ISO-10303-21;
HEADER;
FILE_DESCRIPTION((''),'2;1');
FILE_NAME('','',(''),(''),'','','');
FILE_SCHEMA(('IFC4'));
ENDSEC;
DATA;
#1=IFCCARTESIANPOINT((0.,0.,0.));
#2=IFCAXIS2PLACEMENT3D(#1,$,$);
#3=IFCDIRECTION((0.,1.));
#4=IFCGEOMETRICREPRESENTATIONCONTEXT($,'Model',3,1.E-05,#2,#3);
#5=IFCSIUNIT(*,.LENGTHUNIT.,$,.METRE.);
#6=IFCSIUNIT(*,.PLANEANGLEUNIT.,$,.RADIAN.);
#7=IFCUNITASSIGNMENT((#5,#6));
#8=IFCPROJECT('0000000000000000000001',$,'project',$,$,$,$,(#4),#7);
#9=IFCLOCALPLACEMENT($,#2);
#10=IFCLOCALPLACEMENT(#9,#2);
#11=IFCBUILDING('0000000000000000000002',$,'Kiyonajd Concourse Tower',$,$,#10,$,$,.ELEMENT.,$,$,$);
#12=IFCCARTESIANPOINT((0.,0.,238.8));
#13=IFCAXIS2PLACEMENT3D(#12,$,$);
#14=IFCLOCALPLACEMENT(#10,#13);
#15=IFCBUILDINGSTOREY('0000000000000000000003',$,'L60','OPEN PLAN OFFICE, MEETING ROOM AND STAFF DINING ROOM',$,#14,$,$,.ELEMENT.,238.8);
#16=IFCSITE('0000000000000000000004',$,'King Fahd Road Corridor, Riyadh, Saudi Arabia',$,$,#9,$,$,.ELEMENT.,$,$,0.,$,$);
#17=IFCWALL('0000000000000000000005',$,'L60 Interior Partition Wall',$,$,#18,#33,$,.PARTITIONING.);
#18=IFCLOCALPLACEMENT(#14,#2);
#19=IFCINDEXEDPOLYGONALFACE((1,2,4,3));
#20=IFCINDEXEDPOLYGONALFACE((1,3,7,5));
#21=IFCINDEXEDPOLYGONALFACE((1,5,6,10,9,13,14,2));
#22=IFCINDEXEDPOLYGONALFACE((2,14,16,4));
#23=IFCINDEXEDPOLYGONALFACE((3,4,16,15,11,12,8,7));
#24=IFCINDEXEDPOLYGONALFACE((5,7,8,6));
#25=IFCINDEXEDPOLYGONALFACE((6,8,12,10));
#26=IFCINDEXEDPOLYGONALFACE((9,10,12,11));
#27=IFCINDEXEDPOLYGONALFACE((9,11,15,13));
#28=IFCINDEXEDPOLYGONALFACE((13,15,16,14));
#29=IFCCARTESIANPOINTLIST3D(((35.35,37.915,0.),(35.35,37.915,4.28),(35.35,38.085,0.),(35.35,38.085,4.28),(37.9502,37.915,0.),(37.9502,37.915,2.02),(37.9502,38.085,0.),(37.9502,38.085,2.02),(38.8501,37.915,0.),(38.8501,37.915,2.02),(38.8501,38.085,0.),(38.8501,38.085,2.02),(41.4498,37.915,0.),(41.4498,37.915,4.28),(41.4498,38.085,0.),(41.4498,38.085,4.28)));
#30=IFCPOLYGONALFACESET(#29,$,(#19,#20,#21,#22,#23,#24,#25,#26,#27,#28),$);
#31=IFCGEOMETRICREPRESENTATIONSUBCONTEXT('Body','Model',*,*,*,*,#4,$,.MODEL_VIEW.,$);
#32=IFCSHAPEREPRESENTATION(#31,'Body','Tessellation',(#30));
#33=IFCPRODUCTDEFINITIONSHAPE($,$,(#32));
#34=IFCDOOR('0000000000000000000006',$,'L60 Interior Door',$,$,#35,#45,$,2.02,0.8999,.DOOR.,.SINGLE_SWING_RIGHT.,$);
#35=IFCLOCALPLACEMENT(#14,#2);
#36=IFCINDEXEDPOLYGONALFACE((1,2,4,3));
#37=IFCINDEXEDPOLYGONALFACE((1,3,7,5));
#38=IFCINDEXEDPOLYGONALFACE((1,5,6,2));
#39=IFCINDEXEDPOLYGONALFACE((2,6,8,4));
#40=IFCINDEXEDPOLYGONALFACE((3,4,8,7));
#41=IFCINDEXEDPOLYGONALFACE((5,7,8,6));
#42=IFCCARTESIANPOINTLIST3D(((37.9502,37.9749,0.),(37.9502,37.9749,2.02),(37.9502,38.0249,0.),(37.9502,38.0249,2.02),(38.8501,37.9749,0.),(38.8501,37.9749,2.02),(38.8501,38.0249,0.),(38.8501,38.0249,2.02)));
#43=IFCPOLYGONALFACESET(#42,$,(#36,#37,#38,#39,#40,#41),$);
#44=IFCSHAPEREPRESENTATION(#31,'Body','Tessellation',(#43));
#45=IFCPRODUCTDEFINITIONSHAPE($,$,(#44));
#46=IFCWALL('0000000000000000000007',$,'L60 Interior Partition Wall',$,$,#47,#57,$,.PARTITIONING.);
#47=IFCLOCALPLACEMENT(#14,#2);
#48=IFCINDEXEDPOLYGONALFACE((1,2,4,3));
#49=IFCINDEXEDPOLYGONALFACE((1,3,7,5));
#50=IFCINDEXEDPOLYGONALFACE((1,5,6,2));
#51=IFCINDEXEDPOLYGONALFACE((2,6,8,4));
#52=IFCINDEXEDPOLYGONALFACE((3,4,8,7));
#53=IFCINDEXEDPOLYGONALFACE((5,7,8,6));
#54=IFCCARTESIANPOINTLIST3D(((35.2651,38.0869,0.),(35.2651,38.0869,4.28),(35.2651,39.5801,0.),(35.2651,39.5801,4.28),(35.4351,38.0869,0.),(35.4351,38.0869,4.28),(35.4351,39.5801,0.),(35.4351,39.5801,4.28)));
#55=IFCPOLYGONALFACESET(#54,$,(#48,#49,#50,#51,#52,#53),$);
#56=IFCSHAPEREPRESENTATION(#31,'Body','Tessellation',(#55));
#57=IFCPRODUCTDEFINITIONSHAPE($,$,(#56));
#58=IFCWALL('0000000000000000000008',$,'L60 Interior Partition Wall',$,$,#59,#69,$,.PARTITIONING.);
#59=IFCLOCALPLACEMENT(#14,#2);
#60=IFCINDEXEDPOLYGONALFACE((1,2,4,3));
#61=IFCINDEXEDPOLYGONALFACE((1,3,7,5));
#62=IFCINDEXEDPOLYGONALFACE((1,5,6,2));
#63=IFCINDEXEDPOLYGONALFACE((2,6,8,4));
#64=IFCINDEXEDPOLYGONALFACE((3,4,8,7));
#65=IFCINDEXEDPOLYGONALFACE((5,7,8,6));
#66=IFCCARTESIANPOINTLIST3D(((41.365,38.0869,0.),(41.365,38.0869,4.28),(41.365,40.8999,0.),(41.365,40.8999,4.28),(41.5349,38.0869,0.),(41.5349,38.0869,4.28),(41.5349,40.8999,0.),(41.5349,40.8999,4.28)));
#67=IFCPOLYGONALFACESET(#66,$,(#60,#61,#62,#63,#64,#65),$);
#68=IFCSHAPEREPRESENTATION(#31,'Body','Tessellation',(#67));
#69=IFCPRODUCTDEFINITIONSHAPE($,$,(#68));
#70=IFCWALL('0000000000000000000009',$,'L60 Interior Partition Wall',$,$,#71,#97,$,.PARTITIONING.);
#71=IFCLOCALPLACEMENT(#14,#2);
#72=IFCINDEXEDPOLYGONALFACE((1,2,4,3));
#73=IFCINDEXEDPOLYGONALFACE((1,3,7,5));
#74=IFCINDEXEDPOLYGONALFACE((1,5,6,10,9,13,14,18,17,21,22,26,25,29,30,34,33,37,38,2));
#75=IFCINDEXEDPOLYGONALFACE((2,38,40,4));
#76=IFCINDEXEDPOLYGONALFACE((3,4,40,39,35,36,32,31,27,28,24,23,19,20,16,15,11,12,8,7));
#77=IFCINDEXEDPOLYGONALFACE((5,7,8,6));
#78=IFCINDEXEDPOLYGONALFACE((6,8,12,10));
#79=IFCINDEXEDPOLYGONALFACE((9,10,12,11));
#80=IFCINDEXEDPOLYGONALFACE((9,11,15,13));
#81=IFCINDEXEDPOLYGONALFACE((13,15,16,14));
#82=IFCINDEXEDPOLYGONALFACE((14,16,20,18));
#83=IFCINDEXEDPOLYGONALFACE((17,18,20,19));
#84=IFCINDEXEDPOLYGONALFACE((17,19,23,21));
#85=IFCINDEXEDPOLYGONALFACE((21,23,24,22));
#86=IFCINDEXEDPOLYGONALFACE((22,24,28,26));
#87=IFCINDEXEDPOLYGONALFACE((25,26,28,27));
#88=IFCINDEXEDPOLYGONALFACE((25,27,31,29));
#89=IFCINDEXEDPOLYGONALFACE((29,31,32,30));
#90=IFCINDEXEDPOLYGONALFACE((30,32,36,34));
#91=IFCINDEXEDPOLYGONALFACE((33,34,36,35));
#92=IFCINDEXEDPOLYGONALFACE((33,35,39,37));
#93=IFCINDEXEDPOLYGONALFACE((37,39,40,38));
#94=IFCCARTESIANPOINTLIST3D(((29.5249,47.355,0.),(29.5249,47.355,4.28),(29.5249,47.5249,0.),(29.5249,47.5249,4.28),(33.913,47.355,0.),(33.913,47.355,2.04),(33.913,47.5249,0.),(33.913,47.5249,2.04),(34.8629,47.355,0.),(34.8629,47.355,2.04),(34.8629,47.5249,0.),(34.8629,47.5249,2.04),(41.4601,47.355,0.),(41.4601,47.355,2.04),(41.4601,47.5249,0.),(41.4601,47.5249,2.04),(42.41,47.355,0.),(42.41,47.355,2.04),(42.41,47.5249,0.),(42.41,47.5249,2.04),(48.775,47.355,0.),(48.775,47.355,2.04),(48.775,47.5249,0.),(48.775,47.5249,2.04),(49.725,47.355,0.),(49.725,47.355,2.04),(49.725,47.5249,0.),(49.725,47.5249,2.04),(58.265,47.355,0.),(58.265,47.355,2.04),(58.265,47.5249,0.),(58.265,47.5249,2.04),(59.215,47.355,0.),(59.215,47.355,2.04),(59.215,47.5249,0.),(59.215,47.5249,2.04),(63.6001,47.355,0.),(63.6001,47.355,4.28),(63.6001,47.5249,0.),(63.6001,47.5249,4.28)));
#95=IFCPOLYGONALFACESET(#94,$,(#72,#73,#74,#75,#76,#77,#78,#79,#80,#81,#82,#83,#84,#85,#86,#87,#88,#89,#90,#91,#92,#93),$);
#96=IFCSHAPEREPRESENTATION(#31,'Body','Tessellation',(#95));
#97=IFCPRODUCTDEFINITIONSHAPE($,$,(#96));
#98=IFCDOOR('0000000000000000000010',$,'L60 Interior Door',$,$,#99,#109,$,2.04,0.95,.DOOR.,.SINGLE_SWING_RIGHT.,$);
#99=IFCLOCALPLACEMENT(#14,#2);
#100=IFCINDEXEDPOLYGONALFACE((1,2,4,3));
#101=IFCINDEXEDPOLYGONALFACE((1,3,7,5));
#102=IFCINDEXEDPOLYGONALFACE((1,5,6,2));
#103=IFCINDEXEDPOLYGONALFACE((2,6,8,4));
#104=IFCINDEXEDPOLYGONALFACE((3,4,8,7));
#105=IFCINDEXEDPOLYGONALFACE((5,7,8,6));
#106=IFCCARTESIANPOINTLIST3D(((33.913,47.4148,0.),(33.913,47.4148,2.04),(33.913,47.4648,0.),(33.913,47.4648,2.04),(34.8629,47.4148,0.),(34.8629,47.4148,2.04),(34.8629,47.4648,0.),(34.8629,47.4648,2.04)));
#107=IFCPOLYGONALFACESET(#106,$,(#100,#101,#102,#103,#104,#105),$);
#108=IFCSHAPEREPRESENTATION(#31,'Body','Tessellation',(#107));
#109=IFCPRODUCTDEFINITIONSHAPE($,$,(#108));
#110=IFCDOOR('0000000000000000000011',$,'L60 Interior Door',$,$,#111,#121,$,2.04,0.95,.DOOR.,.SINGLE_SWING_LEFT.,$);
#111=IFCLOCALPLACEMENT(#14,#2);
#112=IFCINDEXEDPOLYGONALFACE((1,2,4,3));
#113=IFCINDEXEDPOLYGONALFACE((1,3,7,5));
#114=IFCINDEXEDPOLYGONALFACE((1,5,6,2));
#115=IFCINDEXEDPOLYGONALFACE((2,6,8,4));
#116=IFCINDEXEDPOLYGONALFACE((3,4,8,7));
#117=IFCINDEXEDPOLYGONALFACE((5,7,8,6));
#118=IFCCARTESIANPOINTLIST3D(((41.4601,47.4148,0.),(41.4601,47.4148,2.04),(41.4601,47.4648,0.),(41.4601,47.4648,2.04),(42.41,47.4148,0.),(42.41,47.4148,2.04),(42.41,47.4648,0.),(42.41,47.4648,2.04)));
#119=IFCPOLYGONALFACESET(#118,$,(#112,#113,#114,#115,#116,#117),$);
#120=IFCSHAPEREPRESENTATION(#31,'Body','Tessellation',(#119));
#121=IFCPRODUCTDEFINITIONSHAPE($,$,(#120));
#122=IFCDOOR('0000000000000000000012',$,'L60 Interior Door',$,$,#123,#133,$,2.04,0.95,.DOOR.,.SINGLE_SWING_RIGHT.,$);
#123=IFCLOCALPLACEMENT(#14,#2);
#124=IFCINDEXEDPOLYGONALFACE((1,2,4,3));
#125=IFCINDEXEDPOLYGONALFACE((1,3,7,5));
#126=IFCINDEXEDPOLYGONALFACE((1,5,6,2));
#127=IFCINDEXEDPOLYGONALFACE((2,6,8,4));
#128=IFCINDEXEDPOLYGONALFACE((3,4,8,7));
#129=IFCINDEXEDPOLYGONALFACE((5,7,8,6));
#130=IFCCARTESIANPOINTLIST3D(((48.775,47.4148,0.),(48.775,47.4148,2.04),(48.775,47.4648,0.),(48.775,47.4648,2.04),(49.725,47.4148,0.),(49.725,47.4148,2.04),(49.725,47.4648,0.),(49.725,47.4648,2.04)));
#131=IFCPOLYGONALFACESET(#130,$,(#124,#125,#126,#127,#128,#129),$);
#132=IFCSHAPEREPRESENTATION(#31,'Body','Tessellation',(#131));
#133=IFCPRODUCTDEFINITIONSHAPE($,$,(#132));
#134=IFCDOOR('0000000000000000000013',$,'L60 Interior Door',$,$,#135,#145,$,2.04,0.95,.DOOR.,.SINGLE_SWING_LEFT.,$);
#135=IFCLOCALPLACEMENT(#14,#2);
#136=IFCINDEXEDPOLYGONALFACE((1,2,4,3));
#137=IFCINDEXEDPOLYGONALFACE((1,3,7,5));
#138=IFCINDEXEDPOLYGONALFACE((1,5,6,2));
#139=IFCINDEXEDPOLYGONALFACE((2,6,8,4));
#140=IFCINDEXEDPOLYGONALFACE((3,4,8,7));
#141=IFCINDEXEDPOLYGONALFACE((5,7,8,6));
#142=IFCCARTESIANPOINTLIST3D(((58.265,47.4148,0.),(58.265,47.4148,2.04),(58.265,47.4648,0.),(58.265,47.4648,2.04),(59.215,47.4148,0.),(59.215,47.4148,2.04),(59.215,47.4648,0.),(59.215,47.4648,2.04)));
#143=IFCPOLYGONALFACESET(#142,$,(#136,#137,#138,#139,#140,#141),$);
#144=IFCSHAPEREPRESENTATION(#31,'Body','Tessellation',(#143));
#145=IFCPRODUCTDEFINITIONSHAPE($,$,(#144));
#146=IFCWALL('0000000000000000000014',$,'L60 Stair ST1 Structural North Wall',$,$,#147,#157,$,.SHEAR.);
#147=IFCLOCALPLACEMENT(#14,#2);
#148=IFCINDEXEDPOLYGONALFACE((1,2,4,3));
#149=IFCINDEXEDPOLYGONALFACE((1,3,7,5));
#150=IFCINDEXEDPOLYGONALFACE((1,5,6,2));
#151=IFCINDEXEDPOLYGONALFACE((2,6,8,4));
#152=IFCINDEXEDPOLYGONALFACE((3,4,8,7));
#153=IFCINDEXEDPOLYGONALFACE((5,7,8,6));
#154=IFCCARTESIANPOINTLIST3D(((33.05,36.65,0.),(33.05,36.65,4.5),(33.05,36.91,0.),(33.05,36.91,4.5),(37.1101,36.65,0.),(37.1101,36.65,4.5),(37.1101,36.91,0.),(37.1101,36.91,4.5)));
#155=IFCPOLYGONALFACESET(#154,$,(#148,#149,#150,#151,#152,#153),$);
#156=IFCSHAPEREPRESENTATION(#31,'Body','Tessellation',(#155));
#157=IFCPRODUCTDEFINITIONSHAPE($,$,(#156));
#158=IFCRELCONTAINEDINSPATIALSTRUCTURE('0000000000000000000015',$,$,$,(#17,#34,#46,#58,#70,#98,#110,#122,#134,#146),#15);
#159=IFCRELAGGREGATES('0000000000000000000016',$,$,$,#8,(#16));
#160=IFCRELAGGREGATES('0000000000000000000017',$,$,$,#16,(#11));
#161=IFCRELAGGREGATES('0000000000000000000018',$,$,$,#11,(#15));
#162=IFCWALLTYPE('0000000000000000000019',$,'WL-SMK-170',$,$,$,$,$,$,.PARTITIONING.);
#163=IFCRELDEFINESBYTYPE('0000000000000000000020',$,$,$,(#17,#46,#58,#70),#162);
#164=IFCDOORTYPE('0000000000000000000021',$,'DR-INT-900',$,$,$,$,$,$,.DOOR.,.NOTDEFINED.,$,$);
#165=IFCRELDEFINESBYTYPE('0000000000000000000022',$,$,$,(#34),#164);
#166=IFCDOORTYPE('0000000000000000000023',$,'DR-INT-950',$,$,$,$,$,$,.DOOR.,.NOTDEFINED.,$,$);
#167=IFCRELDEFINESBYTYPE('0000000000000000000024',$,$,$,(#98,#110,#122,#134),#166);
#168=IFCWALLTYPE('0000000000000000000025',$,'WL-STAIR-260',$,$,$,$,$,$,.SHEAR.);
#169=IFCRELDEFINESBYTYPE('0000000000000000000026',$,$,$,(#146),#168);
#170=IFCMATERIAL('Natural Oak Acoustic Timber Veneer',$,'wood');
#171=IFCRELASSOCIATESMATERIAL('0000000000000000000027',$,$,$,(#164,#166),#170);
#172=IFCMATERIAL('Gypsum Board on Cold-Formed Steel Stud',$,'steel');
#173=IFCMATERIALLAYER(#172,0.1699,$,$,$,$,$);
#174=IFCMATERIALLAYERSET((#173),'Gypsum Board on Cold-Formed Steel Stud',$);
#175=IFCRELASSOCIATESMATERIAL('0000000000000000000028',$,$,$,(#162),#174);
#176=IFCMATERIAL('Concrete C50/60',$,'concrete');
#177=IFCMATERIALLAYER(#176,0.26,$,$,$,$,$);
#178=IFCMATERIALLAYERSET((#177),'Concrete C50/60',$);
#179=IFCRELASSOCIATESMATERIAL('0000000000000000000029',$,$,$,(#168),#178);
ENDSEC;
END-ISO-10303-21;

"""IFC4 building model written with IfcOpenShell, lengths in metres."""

from ifc_helpers import new_model, si_unit, direction, frame, frame_2d, origin, place, context, subcontext, project, spatial, rectangle, extrude, material, layer, layer_set, type_object, element, fill, save


model = new_model("IFC4")

# Units and contexts
model_context = context("Model", 3, precision=1e-05, world=origin(), true_north=direction((0.0, 1.0)))
body_context = subcontext(model_context, "Body", "Model", "MODEL_VIEW")
ifc_project = project(units=[si_unit("LENGTHUNIT", "METRE"), si_unit("PLANEANGLEUNIT", "RADIAN")], contexts=[model_context])

# Site, building, storey
site_placement = place(None, origin())
site = spatial("IfcSite", under=ifc_project, at=site_placement, Name="King Fahd Road Corridor, Riyadh, Saudi Arabia", CompositionType="ELEMENT", RefElevation=0.0)
building_placement = place(site_placement, origin())
building = spatial("IfcBuilding", under=site, at=building_placement, Name="Kiyonajd Concourse Tower", CompositionType="ELEMENT")
storey_placement = place(building_placement, frame((0.0, 0.0, 238.8)))
storey = spatial("IfcBuildingStorey", under=building, at=storey_placement, Name="L60", Description="OPEN PLAN OFFICE, MEETING ROOM AND STAFF DINING ROOM", CompositionType="ELEMENT", Elevation=238.8)

# Shared definitions
ifc_material_1 = material(Name="Natural Oak Acoustic Timber Veneer", Category="wood")
door_type_1 = type_object("IfcDoorType", Name="DR-INT-900", OperationType="NOTDEFINED", PredefinedType="DOOR", material=ifc_material_1)
door_type_2 = type_object("IfcDoorType", Name="DR-INT-950", OperationType="NOTDEFINED", PredefinedType="DOOR", material=ifc_material_1)

# Shared definitions
ifc_material_2 = material(Name="Gypsum Board on Cold-Formed Steel Stud", Category="steel")

# Wall, opening, door
ifc_layer_1 = layer(ifc_material_2, 0.1699)
ifc_layer_set_1 = layer_set([ifc_layer_1], Name="Gypsum Board on Cold-Formed Steel Stud")
wall_type_1 = type_object("IfcWallType", Name="WL-SMK-170", PredefinedType="PARTITIONING", material=ifc_layer_set_1)
wall_1_placement = place(storey_placement, frame((35.3501, 38.0, 0.0), z_axis=(0.0, 0.0, 1.0), x_axis=(1.0, 0.0, 0.0)))
wall_1 = element("IfcWall", 1, at=wall_1_placement, inside=storey, type_object=wall_type_1, Name="L60 Interior Partition Wall", PredefinedType="PARTITIONING", context=body_context, shape_type="SweptSolid", body=[
    extrude(rectangle(XDim=6.0999, YDim=0.1699, at=frame_2d((3.0498, 0.0))), origin(), (0.0, 0.0, 1.0), 4.28),
])
opening_1_placement = place(wall_1_placement, frame((2.6001, 0.0, 0.0)))
opening_1 = element("IfcOpeningElement", 2, at=opening_1_placement, cuts=wall_1, PredefinedType="OPENING", context=body_context, shape_type="SweptSolid", body=[
    extrude(rectangle(XDim=0.8999, YDim=2.02, at=frame_2d((0.45, 1.01))), frame((0.0, 0.095, 0.0), z_axis=(0.0, -1.0, 0.0), x_axis=(1.0, 0.0, 0.0)), (0.0, 0.0, 1.0), 0.1899),
])
door_1_placement = place(opening_1_placement, origin())
door_1 = element("IfcDoor", 3, at=door_1_placement, inside=storey, type_object=door_type_1, Name="L60 Interior Door", OperationType="SINGLE_SWING_RIGHT", OverallHeight=2.02, OverallWidth=0.8999, PredefinedType="DOOR", context=body_context, shape_type="SweptSolid", body=[
    extrude(rectangle(XDim=0.8999, YDim=2.02, at=frame_2d((0.45, 1.01))), frame((0.0, 0.0249, 0.0), z_axis=(0.0, -1.0, 0.0), x_axis=(1.0, 0.0, 0.0)), (0.0, 0.0, 1.0), 0.05),
])
fill(opening_1, door_1)

# Walls
wall_2_placement = place(storey_placement, frame((35.3501, 38.0869, 0.0), z_axis=(0.0, 0.0, 1.0), x_axis=(0.0, 1.0, 0.0)))
element("IfcWall", 4, at=wall_2_placement, inside=storey, type_object=wall_type_1, Name="L60 Interior Partition Wall", PredefinedType="PARTITIONING", context=body_context, shape_type="SweptSolid", body=[
    extrude(rectangle(XDim=1.4932, YDim=0.1699, at=frame_2d((0.7466, 0.0))), origin(), (0.0, 0.0, 1.0), 4.28),
])
wall_3_placement = place(storey_placement, frame((41.45, 38.0869, 0.0), z_axis=(0.0, 0.0, 1.0), x_axis=(0.0, 1.0, 0.0)))
element("IfcWall", 5, at=wall_3_placement, inside=storey, type_object=wall_type_1, Name="L60 Interior Partition Wall", PredefinedType="PARTITIONING", context=body_context, shape_type="SweptSolid", body=[
    extrude(rectangle(XDim=2.813, YDim=0.1699, at=frame_2d((1.4065, 0.0))), origin(), (0.0, 0.0, 1.0), 4.28),
])

# Wall, openings, doors
wall_4_placement = place(storey_placement, frame((29.5249, 47.4399, 0.0), z_axis=(0.0, 0.0, 1.0), x_axis=(1.0, 0.0, 0.0)))
wall_4 = element("IfcWall", 6, at=wall_4_placement, inside=storey, type_object=wall_type_1, Name="L60 Interior Partition Wall", PredefinedType="PARTITIONING", context=body_context, shape_type="SweptSolid", body=[
    extrude(rectangle(XDim=34.0752, YDim=0.1699, at=frame_2d((17.0376, 0.0))), origin(), (0.0, 0.0, 1.0), 4.28),
])
opening_2_placement = place(wall_4_placement, frame((4.3879, 0.0, 0.0)))
opening_2 = element("IfcOpeningElement", 7, at=opening_2_placement, cuts=wall_4, PredefinedType="OPENING", context=body_context, shape_type="SweptSolid", body=[
    extrude(rectangle(XDim=0.95, YDim=2.04, at=frame_2d((0.4751, 1.02))), frame((0.0, 0.095, 0.0), z_axis=(0.0, -1.0, 0.0), x_axis=(1.0, 0.0, 0.0)), (0.0, 0.0, 1.0), 0.1899),
])
opening_3_placement = place(wall_4_placement, frame((11.9351, 0.0, 0.0)))
opening_3 = element("IfcOpeningElement", 8, at=opening_3_placement, cuts=wall_4, PredefinedType="OPENING", context=body_context, shape_type="SweptSolid", body=[
    extrude(rectangle(XDim=0.95, YDim=2.04, at=frame_2d((0.4751, 1.02))), frame((0.0, 0.095, 0.0), z_axis=(0.0, -1.0, 0.0), x_axis=(1.0, 0.0, 0.0)), (0.0, 0.0, 1.0), 0.1899),
])
opening_4_placement = place(wall_4_placement, frame((19.25, 0.0, 0.0)))
opening_4 = element("IfcOpeningElement", 9, at=opening_4_placement, cuts=wall_4, PredefinedType="OPENING", context=body_context, shape_type="SweptSolid", body=[
    extrude(rectangle(XDim=0.95, YDim=2.04, at=frame_2d((0.4751, 1.02))), frame((0.0, 0.095, 0.0), z_axis=(0.0, -1.0, 0.0), x_axis=(1.0, 0.0, 0.0)), (0.0, 0.0, 1.0), 0.1899),
])
opening_5_placement = place(wall_4_placement, frame((28.74, 0.0, 0.0)))
opening_5 = element("IfcOpeningElement", 10, at=opening_5_placement, cuts=wall_4, PredefinedType="OPENING", context=body_context, shape_type="SweptSolid", body=[
    extrude(rectangle(XDim=0.95, YDim=2.04, at=frame_2d((0.4751, 1.02))), frame((0.0, 0.095, 0.0), z_axis=(0.0, -1.0, 0.0), x_axis=(1.0, 0.0, 0.0)), (0.0, 0.0, 1.0), 0.1899),
])
door_2_placement = place(opening_2_placement, origin())
door_2 = element("IfcDoor", 11, at=door_2_placement, inside=storey, type_object=door_type_2, Name="L60 Interior Door", OperationType="SINGLE_SWING_RIGHT", OverallHeight=2.04, OverallWidth=0.95, PredefinedType="DOOR", context=body_context, shape_type="SweptSolid", body=[
    extrude(rectangle(XDim=0.95, YDim=2.04, at=frame_2d((0.4751, 1.02))), frame((0.0, 0.0249, 0.0), z_axis=(0.0, -1.0, 0.0), x_axis=(1.0, 0.0, 0.0)), (0.0, 0.0, 1.0), 0.05),
])
fill(opening_2, door_2)
door_3_placement = place(opening_3_placement, origin())
door_3 = element("IfcDoor", 12, at=door_3_placement, inside=storey, type_object=door_type_2, Name="L60 Interior Door", OperationType="SINGLE_SWING_LEFT", OverallHeight=2.04, OverallWidth=0.95, PredefinedType="DOOR", context=body_context, shape_type="SweptSolid", body=[
    extrude(rectangle(XDim=0.95, YDim=2.04, at=frame_2d((0.4751, 1.02))), frame((0.0, 0.0249, 0.0), z_axis=(0.0, -1.0, 0.0), x_axis=(1.0, 0.0, 0.0)), (0.0, 0.0, 1.0), 0.05),
])
fill(opening_3, door_3)
door_4_placement = place(opening_4_placement, origin())
door_4 = element("IfcDoor", 13, at=door_4_placement, inside=storey, type_object=door_type_2, Name="L60 Interior Door", OperationType="SINGLE_SWING_RIGHT", OverallHeight=2.04, OverallWidth=0.95, PredefinedType="DOOR", context=body_context, shape_type="SweptSolid", body=[
    extrude(rectangle(XDim=0.95, YDim=2.04, at=frame_2d((0.4751, 1.02))), frame((0.0, 0.0249, 0.0), z_axis=(0.0, -1.0, 0.0), x_axis=(1.0, 0.0, 0.0)), (0.0, 0.0, 1.0), 0.05),
])
fill(opening_4, door_4)
door_5_placement = place(opening_5_placement, origin())
door_5 = element("IfcDoor", 14, at=door_5_placement, inside=storey, type_object=door_type_2, Name="L60 Interior Door", OperationType="SINGLE_SWING_LEFT", OverallHeight=2.04, OverallWidth=0.95, PredefinedType="DOOR", context=body_context, shape_type="SweptSolid", body=[
    extrude(rectangle(XDim=0.95, YDim=2.04, at=frame_2d((0.4751, 1.02))), frame((0.0, 0.0249, 0.0), z_axis=(0.0, -1.0, 0.0), x_axis=(1.0, 0.0, 0.0)), (0.0, 0.0, 1.0), 0.05),
])
fill(opening_5, door_5)

# Wall
ifc_material_3 = material(Name="Concrete C50/60", Category="concrete")
ifc_layer_2 = layer(ifc_material_3, 0.26)
ifc_layer_set_2 = layer_set([ifc_layer_2], Name="Concrete C50/60")
wall_type_2 = type_object("IfcWallType", Name="WL-STAIR-260", PredefinedType="SHEAR", material=ifc_layer_set_2)
wall_5_placement = place(storey_placement, frame((33.05, 36.78, 0.0), z_axis=(0.0, 0.0, 1.0), x_axis=(1.0, 0.0, 0.0)))
element("IfcWall", 15, at=wall_5_placement, inside=storey, type_object=wall_type_2, Name="L60 Stair ST1 Structural North Wall", PredefinedType="SHEAR", context=body_context, shape_type="SweptSolid", body=[
    extrude(rectangle(XDim=4.0601, YDim=0.26, at=frame_2d((2.03, 0.0))), origin(), (0.0, 0.0, 1.0), 4.5),
])

save(model, "model.ifc")
